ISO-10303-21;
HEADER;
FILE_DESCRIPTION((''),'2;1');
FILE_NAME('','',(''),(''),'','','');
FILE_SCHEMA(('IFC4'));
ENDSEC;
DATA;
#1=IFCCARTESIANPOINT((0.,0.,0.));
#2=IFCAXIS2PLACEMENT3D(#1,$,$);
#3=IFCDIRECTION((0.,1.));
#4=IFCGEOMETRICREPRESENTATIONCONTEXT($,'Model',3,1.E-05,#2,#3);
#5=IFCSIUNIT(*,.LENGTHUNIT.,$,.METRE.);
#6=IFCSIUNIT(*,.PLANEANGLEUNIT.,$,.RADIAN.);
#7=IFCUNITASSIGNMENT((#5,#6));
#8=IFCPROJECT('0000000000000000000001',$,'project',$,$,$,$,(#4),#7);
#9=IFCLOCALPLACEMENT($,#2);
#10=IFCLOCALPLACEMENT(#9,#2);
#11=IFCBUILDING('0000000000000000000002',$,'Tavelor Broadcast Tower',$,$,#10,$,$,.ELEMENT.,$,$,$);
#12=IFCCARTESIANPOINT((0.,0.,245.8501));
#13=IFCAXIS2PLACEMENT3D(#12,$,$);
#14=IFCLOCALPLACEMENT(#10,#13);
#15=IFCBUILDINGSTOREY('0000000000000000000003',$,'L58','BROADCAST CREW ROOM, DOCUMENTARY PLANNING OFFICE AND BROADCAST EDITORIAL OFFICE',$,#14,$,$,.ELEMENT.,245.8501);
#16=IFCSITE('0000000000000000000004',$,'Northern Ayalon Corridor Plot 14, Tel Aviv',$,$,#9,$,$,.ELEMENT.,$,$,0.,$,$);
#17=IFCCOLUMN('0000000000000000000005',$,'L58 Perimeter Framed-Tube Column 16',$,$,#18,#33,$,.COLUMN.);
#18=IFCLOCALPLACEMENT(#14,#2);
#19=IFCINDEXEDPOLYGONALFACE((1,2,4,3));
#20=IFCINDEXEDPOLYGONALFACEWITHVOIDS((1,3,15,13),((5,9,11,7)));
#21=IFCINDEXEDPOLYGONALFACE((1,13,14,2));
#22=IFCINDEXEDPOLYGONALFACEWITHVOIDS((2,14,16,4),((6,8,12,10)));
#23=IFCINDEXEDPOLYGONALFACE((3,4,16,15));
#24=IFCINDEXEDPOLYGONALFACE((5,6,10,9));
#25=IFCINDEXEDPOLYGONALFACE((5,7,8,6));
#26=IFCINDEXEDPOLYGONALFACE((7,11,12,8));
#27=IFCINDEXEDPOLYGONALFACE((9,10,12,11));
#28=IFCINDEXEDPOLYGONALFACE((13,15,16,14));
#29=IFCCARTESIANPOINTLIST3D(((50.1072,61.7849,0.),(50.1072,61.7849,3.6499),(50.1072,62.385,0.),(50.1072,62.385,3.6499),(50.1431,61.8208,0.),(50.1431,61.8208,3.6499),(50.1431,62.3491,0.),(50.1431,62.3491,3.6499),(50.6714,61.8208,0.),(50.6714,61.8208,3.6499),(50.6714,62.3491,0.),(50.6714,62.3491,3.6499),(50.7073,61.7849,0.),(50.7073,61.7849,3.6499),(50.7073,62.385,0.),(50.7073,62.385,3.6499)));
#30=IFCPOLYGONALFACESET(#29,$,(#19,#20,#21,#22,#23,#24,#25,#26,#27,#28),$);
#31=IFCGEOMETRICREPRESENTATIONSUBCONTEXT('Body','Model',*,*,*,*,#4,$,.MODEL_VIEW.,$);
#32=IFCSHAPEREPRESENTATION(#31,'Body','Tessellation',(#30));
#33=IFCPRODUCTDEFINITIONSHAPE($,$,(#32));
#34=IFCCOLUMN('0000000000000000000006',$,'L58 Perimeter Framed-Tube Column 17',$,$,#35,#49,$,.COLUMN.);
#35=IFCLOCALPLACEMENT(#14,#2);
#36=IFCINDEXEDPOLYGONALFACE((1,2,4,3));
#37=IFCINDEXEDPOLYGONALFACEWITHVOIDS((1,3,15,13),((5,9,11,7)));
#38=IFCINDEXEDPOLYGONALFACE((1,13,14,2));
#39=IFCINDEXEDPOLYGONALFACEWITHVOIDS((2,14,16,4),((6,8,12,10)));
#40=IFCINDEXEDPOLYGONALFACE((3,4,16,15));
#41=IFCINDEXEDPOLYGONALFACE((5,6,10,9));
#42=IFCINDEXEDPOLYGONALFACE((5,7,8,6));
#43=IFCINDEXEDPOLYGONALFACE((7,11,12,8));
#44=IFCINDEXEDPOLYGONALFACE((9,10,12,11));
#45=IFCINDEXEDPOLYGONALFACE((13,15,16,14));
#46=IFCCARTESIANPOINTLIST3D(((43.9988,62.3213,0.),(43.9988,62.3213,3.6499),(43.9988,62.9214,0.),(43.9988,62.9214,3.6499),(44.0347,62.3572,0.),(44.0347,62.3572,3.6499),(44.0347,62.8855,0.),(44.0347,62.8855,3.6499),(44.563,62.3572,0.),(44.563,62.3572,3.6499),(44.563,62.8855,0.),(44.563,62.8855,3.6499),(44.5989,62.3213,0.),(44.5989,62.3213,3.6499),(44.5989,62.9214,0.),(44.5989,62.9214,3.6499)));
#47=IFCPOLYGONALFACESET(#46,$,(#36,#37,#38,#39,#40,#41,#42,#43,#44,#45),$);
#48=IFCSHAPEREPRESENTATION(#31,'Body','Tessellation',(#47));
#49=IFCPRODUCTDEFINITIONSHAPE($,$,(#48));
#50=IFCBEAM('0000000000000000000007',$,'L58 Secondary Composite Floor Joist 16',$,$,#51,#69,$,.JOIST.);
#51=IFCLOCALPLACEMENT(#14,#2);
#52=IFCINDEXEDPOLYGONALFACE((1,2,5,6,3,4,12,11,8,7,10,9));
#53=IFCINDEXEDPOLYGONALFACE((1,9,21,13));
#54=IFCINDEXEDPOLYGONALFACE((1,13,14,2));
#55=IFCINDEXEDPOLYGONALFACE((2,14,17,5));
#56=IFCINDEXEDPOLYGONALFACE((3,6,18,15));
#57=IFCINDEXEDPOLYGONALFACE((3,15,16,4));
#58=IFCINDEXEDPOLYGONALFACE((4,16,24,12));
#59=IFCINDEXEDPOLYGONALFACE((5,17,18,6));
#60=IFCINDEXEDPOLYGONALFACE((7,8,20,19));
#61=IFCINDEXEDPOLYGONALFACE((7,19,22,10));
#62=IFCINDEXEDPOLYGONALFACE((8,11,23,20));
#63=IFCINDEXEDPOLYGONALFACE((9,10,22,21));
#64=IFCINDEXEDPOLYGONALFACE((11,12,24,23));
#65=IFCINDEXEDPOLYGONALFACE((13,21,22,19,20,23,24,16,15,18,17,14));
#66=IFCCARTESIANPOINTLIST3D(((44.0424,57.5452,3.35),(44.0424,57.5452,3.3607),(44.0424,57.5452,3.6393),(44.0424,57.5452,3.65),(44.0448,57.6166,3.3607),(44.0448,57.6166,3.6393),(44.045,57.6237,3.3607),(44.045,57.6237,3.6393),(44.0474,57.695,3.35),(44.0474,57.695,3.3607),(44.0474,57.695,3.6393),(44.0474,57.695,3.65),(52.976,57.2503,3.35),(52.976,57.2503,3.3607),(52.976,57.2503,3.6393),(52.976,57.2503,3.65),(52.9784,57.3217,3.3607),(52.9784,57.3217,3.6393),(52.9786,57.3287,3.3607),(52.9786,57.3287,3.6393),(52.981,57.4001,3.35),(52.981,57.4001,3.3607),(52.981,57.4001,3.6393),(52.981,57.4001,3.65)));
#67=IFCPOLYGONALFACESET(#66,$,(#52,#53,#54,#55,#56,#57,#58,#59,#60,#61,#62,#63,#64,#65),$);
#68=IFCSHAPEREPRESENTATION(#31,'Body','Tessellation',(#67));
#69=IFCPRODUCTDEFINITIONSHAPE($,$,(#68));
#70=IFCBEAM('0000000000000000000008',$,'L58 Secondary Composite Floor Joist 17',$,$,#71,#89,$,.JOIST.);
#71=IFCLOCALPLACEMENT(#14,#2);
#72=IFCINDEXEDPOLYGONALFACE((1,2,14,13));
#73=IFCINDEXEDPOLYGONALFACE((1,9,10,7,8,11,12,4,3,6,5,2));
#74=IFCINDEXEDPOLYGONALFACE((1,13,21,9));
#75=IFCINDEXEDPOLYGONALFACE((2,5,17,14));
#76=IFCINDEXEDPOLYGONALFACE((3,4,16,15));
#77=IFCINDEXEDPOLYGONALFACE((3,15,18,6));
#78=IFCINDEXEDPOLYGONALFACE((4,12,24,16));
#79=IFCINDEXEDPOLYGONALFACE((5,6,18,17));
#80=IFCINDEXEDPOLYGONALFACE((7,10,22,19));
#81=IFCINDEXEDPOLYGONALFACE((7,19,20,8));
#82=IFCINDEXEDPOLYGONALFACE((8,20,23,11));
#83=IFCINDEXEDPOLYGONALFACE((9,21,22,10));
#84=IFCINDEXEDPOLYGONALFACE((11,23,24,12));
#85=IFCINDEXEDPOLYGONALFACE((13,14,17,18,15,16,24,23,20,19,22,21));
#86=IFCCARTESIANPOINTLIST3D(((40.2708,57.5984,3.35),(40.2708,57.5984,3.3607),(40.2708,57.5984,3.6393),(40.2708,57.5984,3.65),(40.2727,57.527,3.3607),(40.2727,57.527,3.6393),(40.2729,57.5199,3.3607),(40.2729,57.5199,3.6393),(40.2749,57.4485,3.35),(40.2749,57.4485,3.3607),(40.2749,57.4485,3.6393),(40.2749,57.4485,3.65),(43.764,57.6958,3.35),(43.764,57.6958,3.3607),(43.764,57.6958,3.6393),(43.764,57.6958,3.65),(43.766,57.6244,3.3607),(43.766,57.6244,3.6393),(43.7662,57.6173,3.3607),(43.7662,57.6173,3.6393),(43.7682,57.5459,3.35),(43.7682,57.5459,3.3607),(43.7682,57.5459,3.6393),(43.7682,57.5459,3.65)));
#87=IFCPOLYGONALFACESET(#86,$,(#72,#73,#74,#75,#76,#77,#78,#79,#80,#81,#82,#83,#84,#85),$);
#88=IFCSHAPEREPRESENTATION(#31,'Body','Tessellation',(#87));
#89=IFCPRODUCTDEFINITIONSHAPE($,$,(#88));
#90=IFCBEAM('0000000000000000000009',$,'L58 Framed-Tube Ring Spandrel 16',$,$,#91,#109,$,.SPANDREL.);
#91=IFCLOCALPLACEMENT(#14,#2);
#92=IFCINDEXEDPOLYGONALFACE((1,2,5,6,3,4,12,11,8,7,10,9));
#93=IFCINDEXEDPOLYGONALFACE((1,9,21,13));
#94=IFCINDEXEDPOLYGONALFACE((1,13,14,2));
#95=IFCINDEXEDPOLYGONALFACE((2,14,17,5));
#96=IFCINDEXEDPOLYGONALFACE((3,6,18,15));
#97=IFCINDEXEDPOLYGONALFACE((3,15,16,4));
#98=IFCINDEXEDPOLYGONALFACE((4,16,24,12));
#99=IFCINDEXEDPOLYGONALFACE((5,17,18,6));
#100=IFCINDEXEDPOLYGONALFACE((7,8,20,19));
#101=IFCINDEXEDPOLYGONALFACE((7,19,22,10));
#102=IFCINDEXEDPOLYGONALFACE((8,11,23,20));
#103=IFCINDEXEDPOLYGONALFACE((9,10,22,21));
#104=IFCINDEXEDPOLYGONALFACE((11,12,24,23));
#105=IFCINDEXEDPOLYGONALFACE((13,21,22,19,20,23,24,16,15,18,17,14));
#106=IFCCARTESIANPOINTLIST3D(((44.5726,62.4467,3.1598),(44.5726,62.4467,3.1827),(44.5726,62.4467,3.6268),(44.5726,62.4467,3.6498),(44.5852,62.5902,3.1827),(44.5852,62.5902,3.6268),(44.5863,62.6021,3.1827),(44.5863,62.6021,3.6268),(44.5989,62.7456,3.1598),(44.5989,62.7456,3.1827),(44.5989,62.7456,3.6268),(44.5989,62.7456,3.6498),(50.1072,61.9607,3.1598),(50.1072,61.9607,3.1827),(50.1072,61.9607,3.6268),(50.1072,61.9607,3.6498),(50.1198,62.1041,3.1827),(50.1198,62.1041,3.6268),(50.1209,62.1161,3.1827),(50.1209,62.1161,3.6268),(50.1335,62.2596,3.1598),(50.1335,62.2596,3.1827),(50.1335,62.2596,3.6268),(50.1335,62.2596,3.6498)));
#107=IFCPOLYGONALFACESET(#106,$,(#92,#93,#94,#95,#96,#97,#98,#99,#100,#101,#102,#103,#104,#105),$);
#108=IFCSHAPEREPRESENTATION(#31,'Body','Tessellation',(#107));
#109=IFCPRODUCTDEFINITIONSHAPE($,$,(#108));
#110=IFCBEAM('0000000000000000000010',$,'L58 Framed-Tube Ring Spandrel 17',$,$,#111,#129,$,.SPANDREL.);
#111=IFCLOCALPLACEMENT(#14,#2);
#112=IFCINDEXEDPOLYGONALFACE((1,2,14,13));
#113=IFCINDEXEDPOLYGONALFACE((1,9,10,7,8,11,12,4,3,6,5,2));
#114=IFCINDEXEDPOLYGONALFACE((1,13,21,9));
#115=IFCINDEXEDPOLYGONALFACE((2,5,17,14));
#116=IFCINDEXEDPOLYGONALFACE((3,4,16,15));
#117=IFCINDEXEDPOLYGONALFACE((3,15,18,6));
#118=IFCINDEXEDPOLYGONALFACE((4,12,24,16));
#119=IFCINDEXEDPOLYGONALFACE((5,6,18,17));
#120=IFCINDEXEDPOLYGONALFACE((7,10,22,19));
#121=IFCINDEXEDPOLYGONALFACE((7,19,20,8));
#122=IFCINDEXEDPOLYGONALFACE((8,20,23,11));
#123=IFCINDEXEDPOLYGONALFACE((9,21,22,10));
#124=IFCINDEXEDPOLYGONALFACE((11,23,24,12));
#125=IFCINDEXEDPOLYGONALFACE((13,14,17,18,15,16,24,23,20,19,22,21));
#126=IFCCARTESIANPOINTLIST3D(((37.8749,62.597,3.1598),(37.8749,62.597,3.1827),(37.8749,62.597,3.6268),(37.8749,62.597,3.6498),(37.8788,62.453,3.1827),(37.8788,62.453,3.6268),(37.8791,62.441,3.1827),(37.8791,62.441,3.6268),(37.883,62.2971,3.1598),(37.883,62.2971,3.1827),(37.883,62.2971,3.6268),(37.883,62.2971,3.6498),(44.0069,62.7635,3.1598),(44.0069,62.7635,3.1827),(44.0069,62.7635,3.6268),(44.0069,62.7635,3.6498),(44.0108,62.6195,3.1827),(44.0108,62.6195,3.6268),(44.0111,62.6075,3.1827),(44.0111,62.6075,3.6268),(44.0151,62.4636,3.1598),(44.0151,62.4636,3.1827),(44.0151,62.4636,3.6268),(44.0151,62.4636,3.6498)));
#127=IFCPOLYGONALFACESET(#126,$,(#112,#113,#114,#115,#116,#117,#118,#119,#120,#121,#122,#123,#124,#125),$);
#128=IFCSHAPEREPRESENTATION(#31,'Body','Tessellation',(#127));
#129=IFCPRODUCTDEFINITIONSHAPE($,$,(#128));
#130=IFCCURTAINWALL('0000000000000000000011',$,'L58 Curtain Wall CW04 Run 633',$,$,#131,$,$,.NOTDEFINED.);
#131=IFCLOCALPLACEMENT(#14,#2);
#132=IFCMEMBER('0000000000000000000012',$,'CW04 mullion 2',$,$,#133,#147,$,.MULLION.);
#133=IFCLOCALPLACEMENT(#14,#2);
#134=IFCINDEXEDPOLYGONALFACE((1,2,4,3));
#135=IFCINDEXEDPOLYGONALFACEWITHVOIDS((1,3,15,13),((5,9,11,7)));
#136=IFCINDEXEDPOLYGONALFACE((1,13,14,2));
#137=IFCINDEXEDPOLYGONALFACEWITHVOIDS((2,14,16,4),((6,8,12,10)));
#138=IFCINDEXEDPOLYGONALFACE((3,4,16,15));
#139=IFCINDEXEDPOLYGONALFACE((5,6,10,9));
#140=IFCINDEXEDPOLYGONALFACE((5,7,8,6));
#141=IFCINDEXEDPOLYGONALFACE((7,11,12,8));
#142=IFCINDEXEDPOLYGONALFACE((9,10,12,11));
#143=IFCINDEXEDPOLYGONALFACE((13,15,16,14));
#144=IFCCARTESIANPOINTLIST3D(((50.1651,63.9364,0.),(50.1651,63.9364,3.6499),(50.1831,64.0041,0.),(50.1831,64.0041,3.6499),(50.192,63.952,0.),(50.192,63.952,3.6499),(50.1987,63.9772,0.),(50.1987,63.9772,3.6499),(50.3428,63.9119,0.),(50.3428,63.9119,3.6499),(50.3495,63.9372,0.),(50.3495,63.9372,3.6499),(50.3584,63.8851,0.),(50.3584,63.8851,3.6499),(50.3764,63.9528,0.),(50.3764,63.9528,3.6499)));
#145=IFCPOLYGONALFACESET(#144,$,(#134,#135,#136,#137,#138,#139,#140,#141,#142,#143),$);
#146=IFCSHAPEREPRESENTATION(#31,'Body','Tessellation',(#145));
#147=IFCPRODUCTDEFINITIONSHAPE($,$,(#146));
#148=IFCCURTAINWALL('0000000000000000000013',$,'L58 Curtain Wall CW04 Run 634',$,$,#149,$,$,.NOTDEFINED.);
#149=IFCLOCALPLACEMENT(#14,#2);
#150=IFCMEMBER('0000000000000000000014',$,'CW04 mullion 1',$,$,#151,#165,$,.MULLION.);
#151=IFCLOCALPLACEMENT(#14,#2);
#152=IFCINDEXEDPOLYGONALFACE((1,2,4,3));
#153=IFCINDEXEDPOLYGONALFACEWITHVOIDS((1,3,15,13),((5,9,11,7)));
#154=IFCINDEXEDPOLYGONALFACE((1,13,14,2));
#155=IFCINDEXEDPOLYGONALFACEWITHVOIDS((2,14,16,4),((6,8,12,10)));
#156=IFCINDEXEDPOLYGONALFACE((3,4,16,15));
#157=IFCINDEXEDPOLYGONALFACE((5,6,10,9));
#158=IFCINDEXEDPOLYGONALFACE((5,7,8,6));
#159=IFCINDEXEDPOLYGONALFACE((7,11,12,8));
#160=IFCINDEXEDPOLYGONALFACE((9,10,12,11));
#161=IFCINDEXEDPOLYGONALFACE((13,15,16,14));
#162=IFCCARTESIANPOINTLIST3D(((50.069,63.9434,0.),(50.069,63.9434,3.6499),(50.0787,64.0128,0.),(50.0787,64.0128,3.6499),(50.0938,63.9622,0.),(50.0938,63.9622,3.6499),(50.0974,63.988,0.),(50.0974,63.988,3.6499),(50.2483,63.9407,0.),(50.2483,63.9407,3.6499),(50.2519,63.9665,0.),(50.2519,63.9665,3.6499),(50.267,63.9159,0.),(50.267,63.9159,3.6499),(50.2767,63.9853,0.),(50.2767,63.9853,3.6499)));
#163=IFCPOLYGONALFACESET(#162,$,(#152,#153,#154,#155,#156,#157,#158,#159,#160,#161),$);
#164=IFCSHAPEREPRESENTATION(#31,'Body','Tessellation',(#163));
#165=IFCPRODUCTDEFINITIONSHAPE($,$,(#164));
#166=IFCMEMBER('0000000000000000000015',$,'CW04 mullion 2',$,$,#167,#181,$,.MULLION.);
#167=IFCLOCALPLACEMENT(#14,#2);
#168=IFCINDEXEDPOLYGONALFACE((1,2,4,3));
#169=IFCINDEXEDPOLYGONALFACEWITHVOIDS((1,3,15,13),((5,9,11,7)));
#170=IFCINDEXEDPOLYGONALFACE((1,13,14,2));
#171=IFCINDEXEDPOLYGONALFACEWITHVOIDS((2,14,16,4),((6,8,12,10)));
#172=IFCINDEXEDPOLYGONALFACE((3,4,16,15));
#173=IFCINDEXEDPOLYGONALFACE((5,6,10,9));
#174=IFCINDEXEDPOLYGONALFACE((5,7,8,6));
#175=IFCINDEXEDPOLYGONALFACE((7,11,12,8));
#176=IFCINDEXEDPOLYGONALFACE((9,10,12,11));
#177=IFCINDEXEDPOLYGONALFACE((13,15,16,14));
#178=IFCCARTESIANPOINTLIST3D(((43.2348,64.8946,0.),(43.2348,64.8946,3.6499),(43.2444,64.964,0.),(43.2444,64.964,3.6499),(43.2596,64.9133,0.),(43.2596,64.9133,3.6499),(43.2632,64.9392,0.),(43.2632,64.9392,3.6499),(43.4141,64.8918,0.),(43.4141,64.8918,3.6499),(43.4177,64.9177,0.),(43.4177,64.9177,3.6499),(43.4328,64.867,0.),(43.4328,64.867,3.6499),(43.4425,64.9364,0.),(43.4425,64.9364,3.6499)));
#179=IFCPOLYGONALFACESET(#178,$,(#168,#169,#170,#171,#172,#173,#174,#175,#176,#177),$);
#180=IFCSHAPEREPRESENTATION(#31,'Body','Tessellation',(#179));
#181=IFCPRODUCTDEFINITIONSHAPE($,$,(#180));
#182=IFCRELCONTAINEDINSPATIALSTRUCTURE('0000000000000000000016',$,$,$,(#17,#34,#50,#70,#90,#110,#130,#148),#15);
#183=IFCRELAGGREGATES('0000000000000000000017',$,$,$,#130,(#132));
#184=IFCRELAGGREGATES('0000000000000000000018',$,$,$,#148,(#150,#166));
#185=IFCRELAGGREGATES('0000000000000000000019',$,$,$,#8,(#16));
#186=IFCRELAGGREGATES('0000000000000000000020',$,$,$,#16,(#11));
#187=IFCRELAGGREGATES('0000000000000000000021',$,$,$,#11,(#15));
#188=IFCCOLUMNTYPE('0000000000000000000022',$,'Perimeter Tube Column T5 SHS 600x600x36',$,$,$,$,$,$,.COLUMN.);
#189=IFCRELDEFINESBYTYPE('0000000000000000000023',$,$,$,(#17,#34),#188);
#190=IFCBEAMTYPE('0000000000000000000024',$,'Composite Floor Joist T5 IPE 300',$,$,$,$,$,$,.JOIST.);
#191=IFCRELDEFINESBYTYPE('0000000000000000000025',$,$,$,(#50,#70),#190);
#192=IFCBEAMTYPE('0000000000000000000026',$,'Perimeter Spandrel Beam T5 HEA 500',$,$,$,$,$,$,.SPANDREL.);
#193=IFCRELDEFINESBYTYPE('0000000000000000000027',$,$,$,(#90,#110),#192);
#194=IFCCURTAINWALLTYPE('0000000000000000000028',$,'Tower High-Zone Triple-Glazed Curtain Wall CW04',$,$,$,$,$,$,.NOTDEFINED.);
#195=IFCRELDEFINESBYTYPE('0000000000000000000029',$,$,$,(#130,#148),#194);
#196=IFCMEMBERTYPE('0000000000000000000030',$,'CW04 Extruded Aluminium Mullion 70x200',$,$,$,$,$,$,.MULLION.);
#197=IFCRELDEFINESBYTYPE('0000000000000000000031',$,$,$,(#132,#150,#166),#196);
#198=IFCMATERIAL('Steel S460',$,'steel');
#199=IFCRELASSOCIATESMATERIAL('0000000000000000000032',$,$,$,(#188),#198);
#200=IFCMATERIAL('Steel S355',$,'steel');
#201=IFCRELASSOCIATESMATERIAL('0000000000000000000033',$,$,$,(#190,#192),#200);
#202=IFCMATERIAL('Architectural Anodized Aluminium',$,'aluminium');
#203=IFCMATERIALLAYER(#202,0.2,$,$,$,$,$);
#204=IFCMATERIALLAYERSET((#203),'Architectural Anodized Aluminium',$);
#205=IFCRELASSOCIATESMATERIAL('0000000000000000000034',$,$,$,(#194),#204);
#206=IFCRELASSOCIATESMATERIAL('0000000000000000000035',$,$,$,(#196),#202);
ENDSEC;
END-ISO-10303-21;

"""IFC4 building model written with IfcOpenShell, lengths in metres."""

from ifc_helpers import new_model, si_unit, direction, frame, origin, origin_2d, place, context, subcontext, project, spatial, hollow_rectangle, i_section, extrude, source, transform, mapped, material, layer, layer_set, material_profile, profile_set, type_object, type_shapes, element, aggregate, save


model = new_model("IFC4")

# Units and contexts
model_context = context("Model", 3, precision=1e-05, world=origin(), true_north=direction((0.0, 1.0)))
body_context = subcontext(model_context, "Body", "Model", "MODEL_VIEW")
ifc_project = project(units=[si_unit("LENGTHUNIT", "METRE"), si_unit("PLANEANGLEUNIT", "RADIAN")], contexts=[model_context])

# Site, building, storey
site_placement = place(None, origin())
site = spatial("IfcSite", under=ifc_project, at=site_placement, Name="Northern Ayalon Corridor Plot 14, Tel Aviv", CompositionType="ELEMENT", RefElevation=0.0)
building_placement = place(site_placement, origin())
building = spatial("IfcBuilding", under=site, at=building_placement, Name="Tavelor Broadcast Tower", CompositionType="ELEMENT")
storey_placement = place(building_placement, frame((0.0, 0.0, 245.8501)))
storey = spatial("IfcBuildingStorey", under=building, at=storey_placement, Name="L58", Description="BROADCAST CREW ROOM, DOCUMENTARY PLANNING OFFICE AND BROADCAST EDITORIAL OFFICE", CompositionType="ELEMENT", Elevation=245.8501)

# Columns
ifc_material_1 = material(Name="Steel S460", Category="steel")
ifc_material_profile_1 = material_profile(ifc_material_1, hollow_rectangle(XDim=0.6001, YDim=0.6001, WallThickness=0.0359, at=origin_2d()), Name="SHS 600x600x36")
ifc_profile_set_1 = profile_set([ifc_material_profile_1], Name="Steel S460")
column_type = type_object("IfcColumnType", Name="Perimeter Tube Column T5 SHS 600x600x36", PredefinedType="COLUMN", material=ifc_profile_set_1)
for number, where, z_axis, x_axis, name in (
    (1, (50.4072, 62.085, 0.0), (0.0, 0.0, 1.0), (1.0, 0.0, 0.0), "L58 Perimeter Framed-Tube Column 16"),
    (2, (44.2988, 62.6213, 0.0), (0.0, 0.0, 1.0), (1.0, 0.0, 0.0), "L58 Perimeter Framed-Tube Column 17"),
):
    element("IfcColumn", number, at=place(storey_placement, frame(where, z_axis=z_axis, x_axis=x_axis)), inside=storey, type_object=column_type, Name=name, PredefinedType="COLUMN", context=body_context, shape_type="SweptSolid", body=[
        extrude(hollow_rectangle(XDim=0.6001, YDim=0.6001, WallThickness=0.0359, at=origin_2d()), origin(), (0.0, 0.0, 1.0), 3.6499),
    ])

# Beams
ifc_material_2 = material(Name="Steel S355", Category="steel")
ifc_material_profile_2 = material_profile(ifc_material_2, i_section(OverallWidth=0.1499, OverallDepth=0.3, WebThickness=0.0071, FlangeThickness=0.0107, at=origin_2d()), Name="IPE 300")
ifc_profile_set_2 = profile_set([ifc_material_profile_2], Name="Steel S355")
beam_type_1 = type_object("IfcBeamType", Name="Composite Floor Joist T5 IPE 300", PredefinedType="JOIST", material=ifc_profile_set_2)
beam_1_placement = place(storey_placement, frame((52.9785, 57.3252, 3.5), z_axis=(-0.999456, 0.032995, 0.0), x_axis=(-0.032995, -0.999456, 0.0)))
element("IfcBeam", 3, at=beam_1_placement, inside=storey, type_object=beam_type_1, Name="L58 Secondary Composite Floor Joist 16", PredefinedType="JOIST", context=body_context, shape_type="SweptSolid", body=[
    extrude(i_section(OverallWidth=0.1499, OverallDepth=0.3, WebThickness=0.0071, FlangeThickness=0.0107, at=origin_2d()), origin(), (0.0, 0.0, 1.0), 8.9385),
])
beam_2_placement = place(storey_placement, frame((43.7661, 57.6208, 3.5), z_axis=(-0.999611, -0.027876, 0.0), x_axis=(0.027876, -0.999611, 0.0)))
element("IfcBeam", 4, at=beam_2_placement, inside=storey, type_object=beam_type_1, Name="L58 Secondary Composite Floor Joist 17", PredefinedType="JOIST", context=body_context, shape_type="SweptSolid", body=[
    extrude(i_section(OverallWidth=0.1499, OverallDepth=0.3, WebThickness=0.0071, FlangeThickness=0.0107, at=origin_2d()), origin(), (0.0, 0.0, 1.0), 3.4946),
])
ifc_material_profile_3 = material_profile(ifc_material_2, i_section(OverallWidth=0.3, OverallDepth=0.49, WebThickness=0.012, FlangeThickness=0.0229, at=origin_2d()), Name="HEA 500")
ifc_profile_set_3 = profile_set([ifc_material_profile_3], Name="Steel S355")
beam_type_2 = type_object("IfcBeamType", Name="Perimeter Spandrel Beam T5 HEA 500", PredefinedType="SPANDREL", material=ifc_profile_set_3)
beam_3_placement = place(storey_placement, frame((50.1204, 62.1101, 3.4048), z_axis=(-0.996166, 0.087489, 0.0), x_axis=(-0.087489, -0.996166, 0.0)))
element("IfcBeam", 5, at=beam_3_placement, inside=storey, type_object=beam_type_2, Name="L58 Framed-Tube Ring Spandrel 16", PredefinedType="SPANDREL", context=body_context, shape_type="SweptSolid", body=[
    extrude(i_section(OverallWidth=0.3, OverallDepth=0.49, WebThickness=0.012, FlangeThickness=0.0229, at=origin_2d()), origin(), (0.0, 0.0, 1.0), 5.5559),
])
beam_4_placement = place(storey_placement, frame((44.011, 62.6135, 3.4048), z_axis=(-0.999632, -0.027143, 0.0), x_axis=(0.027143, -0.999632, 0.0)))
element("IfcBeam", 6, at=beam_4_placement, inside=storey, type_object=beam_type_2, Name="L58 Framed-Tube Ring Spandrel 17", PredefinedType="SPANDREL", context=body_context, shape_type="SweptSolid", body=[
    extrude(i_section(OverallWidth=0.3, OverallDepth=0.49, WebThickness=0.012, FlangeThickness=0.0229, at=origin_2d()), origin(), (0.0, 0.0, 1.0), 6.1343),
])

# Curtain wall, member
ifc_material_3 = material(Name="Architectural Anodized Aluminium", Category="aluminium")
ifc_layer_1 = layer(ifc_material_3, 0.2)
ifc_layer_set_1 = layer_set([ifc_layer_1], Name="Architectural Anodized Aluminium")
curtain_wall_type = type_object("IfcCurtainWallType", Name="Tower High-Zone Triple-Glazed Curtain Wall CW04", PredefinedType="NOTDEFINED", material=ifc_layer_set_1)
curtain_wall_1_placement = place(storey_placement, origin())
curtain_wall_1 = element("IfcCurtainWall", 7, at=curtain_wall_1_placement, inside=storey, type_object=curtain_wall_type, Name="L58 Curtain Wall CW04 Run 633", PredefinedType="NOTDEFINED")
ifc_material_profile_4 = material_profile(ifc_material_3, hollow_rectangle(XDim=0.0701, YDim=0.2, WallThickness=0.022, at=origin_2d()), Name="RHS 70x200x22")
ifc_profile_set_4 = profile_set([ifc_material_profile_4], Name="Architectural Anodized Aluminium")
member_type_1 = type_object("IfcMemberType", Name="CW04 Extruded Aluminium Mullion 70x200", PredefinedType="MULLION", material=ifc_profile_set_4)
shared_shape_1 = source(origin(), body_context, "Body", "SweptSolid", [
    extrude(hollow_rectangle(XDim=0.0701, YDim=0.2, WallThickness=0.022, at=origin_2d()), origin(), (0.0, 0.0, 1.0), 3.6499),
])
type_shapes(member_type_1, [shared_shape_1])
member_1_placement = place(storey_placement, frame((50.2708, 63.9446, 0.0), z_axis=(0.0, 0.0, 1.0), x_axis=(-0.256731, -0.966483, 0.0)))
member_1 = element("IfcMember", 8, at=member_1_placement, type_object=member_type_1, Name="CW04 mullion 2", PredefinedType="MULLION", context=body_context, shape_type="MappedRepresentation", body=[
    mapped(shared_shape_1, transform((0.0, 0.0, 0.0), scale=1.0)),
])

# Curtain wall, members
curtain_wall_2_placement = place(storey_placement, origin())
curtain_wall_2 = element("IfcCurtainWall", 9, at=curtain_wall_2_placement, inside=storey, type_object=curtain_wall_type, Name="L58 Curtain Wall CW04 Run 634", PredefinedType="NOTDEFINED")
member_2_placement = place(storey_placement, frame((50.1729, 63.9644, 0.0), z_axis=(0.0, 0.0, 1.0), x_axis=(-0.137859, -0.990452, 0.0)))
member_2 = element("IfcMember", 10, at=member_2_placement, type_object=member_type_1, Name="CW04 mullion 1", PredefinedType="MULLION", context=body_context, shape_type="MappedRepresentation", body=[
    mapped(shared_shape_1, transform((0.0, 0.0, 0.0), scale=1.0)),
])
member_3_placement = place(storey_placement, frame((43.3386, 64.9155, 0.0), z_axis=(0.0, 0.0, 1.0), x_axis=(-0.137859, -0.990452, 0.0)))
member_3 = element("IfcMember", 11, at=member_3_placement, type_object=member_type_1, Name="CW04 mullion 2", PredefinedType="MULLION", context=body_context, shape_type="MappedRepresentation", body=[
    mapped(shared_shape_1, transform((0.0, 0.0, 0.0), scale=1.0)),
])

aggregate(curtain_wall_1, [member_1])
aggregate(curtain_wall_2, [member_2, member_3])

save(model, "model.ifc")
